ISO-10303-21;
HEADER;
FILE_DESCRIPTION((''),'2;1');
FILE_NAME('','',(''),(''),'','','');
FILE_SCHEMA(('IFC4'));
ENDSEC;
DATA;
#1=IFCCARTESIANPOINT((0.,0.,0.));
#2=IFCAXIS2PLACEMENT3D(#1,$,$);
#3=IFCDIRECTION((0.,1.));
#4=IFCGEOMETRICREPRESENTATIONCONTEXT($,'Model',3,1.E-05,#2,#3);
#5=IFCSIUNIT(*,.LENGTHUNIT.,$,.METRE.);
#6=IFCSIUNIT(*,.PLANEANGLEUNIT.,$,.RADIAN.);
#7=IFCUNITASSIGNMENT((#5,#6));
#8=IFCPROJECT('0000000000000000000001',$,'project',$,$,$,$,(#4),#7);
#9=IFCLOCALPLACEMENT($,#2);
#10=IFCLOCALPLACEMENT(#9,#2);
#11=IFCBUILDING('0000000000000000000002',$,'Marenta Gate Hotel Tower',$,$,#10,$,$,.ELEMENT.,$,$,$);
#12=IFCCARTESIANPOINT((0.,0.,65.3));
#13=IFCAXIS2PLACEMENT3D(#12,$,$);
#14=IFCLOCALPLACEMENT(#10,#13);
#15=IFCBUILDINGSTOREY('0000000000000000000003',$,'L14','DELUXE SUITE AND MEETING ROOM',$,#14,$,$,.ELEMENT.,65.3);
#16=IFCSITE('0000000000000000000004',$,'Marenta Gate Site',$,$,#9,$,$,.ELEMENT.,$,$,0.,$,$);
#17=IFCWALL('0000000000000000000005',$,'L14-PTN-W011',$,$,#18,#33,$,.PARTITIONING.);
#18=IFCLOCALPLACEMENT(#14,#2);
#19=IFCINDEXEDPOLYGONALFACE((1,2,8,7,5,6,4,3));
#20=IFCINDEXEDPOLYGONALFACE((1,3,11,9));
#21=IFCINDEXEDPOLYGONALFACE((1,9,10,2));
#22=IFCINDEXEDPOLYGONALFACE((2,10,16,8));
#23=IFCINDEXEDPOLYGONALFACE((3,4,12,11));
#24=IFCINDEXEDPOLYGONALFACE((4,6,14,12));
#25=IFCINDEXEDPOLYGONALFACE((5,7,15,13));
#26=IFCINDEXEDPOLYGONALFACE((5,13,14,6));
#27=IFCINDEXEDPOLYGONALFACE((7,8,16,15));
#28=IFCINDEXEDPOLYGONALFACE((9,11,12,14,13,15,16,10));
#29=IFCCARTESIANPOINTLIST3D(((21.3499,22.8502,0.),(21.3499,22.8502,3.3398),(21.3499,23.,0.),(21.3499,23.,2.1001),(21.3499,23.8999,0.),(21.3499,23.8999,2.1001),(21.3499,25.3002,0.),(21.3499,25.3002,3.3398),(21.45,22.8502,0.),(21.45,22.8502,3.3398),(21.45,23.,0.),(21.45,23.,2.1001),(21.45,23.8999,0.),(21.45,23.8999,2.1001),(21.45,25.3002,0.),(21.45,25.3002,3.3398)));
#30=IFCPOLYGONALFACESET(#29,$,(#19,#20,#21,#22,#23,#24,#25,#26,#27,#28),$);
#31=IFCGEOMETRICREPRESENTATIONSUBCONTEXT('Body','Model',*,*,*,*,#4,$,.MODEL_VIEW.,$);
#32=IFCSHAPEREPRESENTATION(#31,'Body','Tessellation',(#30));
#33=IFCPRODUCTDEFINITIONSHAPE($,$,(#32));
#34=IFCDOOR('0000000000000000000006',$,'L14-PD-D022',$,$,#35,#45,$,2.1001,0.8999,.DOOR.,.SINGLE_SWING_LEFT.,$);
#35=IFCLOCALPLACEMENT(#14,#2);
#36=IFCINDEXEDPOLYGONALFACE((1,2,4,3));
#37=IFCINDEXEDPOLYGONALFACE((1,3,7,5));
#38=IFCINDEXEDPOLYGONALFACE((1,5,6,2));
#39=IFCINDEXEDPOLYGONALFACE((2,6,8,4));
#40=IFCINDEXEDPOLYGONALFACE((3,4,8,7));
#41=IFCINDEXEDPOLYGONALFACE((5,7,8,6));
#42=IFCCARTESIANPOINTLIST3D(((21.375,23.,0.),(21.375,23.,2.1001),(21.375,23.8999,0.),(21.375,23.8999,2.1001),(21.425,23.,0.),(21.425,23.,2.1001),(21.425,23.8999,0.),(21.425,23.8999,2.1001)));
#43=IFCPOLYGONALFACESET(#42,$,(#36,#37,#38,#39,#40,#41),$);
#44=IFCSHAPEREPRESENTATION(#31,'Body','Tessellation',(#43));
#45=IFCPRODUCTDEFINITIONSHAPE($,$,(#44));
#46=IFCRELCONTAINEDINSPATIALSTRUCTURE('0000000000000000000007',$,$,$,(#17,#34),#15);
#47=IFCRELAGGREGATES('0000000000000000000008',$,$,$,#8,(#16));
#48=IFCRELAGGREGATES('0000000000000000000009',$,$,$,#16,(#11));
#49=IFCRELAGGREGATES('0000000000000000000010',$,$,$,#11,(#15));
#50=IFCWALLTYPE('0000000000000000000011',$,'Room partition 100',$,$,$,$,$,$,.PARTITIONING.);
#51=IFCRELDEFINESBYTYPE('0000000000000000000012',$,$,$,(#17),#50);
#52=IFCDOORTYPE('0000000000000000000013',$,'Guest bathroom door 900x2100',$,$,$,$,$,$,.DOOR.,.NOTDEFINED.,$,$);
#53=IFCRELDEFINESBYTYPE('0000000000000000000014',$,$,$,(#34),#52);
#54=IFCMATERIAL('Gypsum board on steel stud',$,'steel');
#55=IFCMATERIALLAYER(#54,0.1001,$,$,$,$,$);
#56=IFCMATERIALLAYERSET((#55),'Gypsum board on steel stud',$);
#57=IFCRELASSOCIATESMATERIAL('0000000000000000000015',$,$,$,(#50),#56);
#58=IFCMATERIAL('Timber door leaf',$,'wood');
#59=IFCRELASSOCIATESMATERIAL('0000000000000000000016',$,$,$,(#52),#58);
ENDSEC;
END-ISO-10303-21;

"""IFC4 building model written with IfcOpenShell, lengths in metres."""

from ifc_helpers import new_model, si_unit, direction, frame, frame_2d, origin, place, context, subcontext, project, spatial, rectangle, extrude, material, layer, layer_set, type_object, element, fill, save


model = new_model("IFC4")

# Units and contexts
model_context = context("Model", 3, precision=1e-05, world=origin(), true_north=direction((0.0, 1.0)))
body_context = subcontext(model_context, "Body", "Model", "MODEL_VIEW")
ifc_project = project(units=[si_unit("LENGTHUNIT", "METRE"), si_unit("PLANEANGLEUNIT", "RADIAN")], contexts=[model_context])

# Site, building, storey
site_placement = place(None, origin())
site = spatial("IfcSite", under=ifc_project, at=site_placement, Name="Marenta Gate Site", CompositionType="ELEMENT", RefElevation=0.0)
building_placement = place(site_placement, origin())
building = spatial("IfcBuilding", under=site, at=building_placement, Name="Marenta Gate Hotel Tower", CompositionType="ELEMENT")
storey_placement = place(building_placement, frame((0.0, 0.0, 65.3)))
storey = spatial("IfcBuildingStorey", under=building, at=storey_placement, Name="L14", Description="DELUXE SUITE AND MEETING ROOM", CompositionType="ELEMENT", Elevation=65.3)

# Shared definitions
ifc_material_1 = material(Name="Gypsum board on steel stud", Category="steel")
ifc_layer_1 = layer(ifc_material_1, 0.1001)
ifc_layer_set_1 = layer_set([ifc_layer_1], Name="Gypsum board on steel stud")
wall_type = type_object("IfcWallType", Name="Room partition 100", PredefinedType="PARTITIONING", material=ifc_layer_set_1)
ifc_material_2 = material(Name="Timber door leaf", Category="wood")
door_type = type_object("IfcDoorType", Name="Guest bathroom door 900x2100", OperationType="NOTDEFINED", PredefinedType="DOOR", material=ifc_material_2)

# Wall, opening, door
wall_1_placement = place(storey_placement, frame((21.3999, 22.8501, 0.0), z_axis=(0.0, 0.0, 1.0), x_axis=(0.0, 1.0, 0.0)))
wall_1 = element("IfcWall", 1, at=wall_1_placement, inside=storey, type_object=wall_type, Name="L14-PTN-W011", PredefinedType="PARTITIONING", context=body_context, shape_type="SweptSolid", body=[
    extrude(rectangle(XDim=2.45, YDim=0.1001, at=frame_2d((1.2251, 0.0))), origin(), (0.0, 0.0, 1.0), 3.3398),
])
opening_1_placement = place(wall_1_placement, frame((0.1499, 0.0, 0.0)))
opening_1 = element("IfcOpeningElement", 2, at=opening_1_placement, cuts=wall_1, PredefinedType="OPENING", context=body_context, shape_type="SweptSolid", body=[
    extrude(rectangle(XDim=0.8999, YDim=2.1001, at=frame_2d((0.45, 1.05))), frame((0.0, 0.05, 0.0), z_axis=(0.0, -1.0, 0.0), x_axis=(1.0, 0.0, 0.0)), (0.0, 0.0, 1.0), 0.1001),
])
door_1_placement = place(opening_1_placement, origin())
door_1 = element("IfcDoor", 3, at=door_1_placement, inside=storey, type_object=door_type, Name="L14-PD-D022", OperationType="SINGLE_SWING_LEFT", OverallHeight=2.1001, OverallWidth=0.8999, PredefinedType="DOOR", context=body_context, shape_type="SweptSolid", body=[
    extrude(rectangle(XDim=0.8999, YDim=2.1001, at=frame_2d((0.45, 1.05))), frame((0.0, 0.0249, 0.0), z_axis=(0.0, -1.0, 0.0), x_axis=(1.0, 0.0, 0.0)), (0.0, 0.0, 1.0), 0.05),
])
fill(opening_1, door_1)

save(model, "model.ifc")
